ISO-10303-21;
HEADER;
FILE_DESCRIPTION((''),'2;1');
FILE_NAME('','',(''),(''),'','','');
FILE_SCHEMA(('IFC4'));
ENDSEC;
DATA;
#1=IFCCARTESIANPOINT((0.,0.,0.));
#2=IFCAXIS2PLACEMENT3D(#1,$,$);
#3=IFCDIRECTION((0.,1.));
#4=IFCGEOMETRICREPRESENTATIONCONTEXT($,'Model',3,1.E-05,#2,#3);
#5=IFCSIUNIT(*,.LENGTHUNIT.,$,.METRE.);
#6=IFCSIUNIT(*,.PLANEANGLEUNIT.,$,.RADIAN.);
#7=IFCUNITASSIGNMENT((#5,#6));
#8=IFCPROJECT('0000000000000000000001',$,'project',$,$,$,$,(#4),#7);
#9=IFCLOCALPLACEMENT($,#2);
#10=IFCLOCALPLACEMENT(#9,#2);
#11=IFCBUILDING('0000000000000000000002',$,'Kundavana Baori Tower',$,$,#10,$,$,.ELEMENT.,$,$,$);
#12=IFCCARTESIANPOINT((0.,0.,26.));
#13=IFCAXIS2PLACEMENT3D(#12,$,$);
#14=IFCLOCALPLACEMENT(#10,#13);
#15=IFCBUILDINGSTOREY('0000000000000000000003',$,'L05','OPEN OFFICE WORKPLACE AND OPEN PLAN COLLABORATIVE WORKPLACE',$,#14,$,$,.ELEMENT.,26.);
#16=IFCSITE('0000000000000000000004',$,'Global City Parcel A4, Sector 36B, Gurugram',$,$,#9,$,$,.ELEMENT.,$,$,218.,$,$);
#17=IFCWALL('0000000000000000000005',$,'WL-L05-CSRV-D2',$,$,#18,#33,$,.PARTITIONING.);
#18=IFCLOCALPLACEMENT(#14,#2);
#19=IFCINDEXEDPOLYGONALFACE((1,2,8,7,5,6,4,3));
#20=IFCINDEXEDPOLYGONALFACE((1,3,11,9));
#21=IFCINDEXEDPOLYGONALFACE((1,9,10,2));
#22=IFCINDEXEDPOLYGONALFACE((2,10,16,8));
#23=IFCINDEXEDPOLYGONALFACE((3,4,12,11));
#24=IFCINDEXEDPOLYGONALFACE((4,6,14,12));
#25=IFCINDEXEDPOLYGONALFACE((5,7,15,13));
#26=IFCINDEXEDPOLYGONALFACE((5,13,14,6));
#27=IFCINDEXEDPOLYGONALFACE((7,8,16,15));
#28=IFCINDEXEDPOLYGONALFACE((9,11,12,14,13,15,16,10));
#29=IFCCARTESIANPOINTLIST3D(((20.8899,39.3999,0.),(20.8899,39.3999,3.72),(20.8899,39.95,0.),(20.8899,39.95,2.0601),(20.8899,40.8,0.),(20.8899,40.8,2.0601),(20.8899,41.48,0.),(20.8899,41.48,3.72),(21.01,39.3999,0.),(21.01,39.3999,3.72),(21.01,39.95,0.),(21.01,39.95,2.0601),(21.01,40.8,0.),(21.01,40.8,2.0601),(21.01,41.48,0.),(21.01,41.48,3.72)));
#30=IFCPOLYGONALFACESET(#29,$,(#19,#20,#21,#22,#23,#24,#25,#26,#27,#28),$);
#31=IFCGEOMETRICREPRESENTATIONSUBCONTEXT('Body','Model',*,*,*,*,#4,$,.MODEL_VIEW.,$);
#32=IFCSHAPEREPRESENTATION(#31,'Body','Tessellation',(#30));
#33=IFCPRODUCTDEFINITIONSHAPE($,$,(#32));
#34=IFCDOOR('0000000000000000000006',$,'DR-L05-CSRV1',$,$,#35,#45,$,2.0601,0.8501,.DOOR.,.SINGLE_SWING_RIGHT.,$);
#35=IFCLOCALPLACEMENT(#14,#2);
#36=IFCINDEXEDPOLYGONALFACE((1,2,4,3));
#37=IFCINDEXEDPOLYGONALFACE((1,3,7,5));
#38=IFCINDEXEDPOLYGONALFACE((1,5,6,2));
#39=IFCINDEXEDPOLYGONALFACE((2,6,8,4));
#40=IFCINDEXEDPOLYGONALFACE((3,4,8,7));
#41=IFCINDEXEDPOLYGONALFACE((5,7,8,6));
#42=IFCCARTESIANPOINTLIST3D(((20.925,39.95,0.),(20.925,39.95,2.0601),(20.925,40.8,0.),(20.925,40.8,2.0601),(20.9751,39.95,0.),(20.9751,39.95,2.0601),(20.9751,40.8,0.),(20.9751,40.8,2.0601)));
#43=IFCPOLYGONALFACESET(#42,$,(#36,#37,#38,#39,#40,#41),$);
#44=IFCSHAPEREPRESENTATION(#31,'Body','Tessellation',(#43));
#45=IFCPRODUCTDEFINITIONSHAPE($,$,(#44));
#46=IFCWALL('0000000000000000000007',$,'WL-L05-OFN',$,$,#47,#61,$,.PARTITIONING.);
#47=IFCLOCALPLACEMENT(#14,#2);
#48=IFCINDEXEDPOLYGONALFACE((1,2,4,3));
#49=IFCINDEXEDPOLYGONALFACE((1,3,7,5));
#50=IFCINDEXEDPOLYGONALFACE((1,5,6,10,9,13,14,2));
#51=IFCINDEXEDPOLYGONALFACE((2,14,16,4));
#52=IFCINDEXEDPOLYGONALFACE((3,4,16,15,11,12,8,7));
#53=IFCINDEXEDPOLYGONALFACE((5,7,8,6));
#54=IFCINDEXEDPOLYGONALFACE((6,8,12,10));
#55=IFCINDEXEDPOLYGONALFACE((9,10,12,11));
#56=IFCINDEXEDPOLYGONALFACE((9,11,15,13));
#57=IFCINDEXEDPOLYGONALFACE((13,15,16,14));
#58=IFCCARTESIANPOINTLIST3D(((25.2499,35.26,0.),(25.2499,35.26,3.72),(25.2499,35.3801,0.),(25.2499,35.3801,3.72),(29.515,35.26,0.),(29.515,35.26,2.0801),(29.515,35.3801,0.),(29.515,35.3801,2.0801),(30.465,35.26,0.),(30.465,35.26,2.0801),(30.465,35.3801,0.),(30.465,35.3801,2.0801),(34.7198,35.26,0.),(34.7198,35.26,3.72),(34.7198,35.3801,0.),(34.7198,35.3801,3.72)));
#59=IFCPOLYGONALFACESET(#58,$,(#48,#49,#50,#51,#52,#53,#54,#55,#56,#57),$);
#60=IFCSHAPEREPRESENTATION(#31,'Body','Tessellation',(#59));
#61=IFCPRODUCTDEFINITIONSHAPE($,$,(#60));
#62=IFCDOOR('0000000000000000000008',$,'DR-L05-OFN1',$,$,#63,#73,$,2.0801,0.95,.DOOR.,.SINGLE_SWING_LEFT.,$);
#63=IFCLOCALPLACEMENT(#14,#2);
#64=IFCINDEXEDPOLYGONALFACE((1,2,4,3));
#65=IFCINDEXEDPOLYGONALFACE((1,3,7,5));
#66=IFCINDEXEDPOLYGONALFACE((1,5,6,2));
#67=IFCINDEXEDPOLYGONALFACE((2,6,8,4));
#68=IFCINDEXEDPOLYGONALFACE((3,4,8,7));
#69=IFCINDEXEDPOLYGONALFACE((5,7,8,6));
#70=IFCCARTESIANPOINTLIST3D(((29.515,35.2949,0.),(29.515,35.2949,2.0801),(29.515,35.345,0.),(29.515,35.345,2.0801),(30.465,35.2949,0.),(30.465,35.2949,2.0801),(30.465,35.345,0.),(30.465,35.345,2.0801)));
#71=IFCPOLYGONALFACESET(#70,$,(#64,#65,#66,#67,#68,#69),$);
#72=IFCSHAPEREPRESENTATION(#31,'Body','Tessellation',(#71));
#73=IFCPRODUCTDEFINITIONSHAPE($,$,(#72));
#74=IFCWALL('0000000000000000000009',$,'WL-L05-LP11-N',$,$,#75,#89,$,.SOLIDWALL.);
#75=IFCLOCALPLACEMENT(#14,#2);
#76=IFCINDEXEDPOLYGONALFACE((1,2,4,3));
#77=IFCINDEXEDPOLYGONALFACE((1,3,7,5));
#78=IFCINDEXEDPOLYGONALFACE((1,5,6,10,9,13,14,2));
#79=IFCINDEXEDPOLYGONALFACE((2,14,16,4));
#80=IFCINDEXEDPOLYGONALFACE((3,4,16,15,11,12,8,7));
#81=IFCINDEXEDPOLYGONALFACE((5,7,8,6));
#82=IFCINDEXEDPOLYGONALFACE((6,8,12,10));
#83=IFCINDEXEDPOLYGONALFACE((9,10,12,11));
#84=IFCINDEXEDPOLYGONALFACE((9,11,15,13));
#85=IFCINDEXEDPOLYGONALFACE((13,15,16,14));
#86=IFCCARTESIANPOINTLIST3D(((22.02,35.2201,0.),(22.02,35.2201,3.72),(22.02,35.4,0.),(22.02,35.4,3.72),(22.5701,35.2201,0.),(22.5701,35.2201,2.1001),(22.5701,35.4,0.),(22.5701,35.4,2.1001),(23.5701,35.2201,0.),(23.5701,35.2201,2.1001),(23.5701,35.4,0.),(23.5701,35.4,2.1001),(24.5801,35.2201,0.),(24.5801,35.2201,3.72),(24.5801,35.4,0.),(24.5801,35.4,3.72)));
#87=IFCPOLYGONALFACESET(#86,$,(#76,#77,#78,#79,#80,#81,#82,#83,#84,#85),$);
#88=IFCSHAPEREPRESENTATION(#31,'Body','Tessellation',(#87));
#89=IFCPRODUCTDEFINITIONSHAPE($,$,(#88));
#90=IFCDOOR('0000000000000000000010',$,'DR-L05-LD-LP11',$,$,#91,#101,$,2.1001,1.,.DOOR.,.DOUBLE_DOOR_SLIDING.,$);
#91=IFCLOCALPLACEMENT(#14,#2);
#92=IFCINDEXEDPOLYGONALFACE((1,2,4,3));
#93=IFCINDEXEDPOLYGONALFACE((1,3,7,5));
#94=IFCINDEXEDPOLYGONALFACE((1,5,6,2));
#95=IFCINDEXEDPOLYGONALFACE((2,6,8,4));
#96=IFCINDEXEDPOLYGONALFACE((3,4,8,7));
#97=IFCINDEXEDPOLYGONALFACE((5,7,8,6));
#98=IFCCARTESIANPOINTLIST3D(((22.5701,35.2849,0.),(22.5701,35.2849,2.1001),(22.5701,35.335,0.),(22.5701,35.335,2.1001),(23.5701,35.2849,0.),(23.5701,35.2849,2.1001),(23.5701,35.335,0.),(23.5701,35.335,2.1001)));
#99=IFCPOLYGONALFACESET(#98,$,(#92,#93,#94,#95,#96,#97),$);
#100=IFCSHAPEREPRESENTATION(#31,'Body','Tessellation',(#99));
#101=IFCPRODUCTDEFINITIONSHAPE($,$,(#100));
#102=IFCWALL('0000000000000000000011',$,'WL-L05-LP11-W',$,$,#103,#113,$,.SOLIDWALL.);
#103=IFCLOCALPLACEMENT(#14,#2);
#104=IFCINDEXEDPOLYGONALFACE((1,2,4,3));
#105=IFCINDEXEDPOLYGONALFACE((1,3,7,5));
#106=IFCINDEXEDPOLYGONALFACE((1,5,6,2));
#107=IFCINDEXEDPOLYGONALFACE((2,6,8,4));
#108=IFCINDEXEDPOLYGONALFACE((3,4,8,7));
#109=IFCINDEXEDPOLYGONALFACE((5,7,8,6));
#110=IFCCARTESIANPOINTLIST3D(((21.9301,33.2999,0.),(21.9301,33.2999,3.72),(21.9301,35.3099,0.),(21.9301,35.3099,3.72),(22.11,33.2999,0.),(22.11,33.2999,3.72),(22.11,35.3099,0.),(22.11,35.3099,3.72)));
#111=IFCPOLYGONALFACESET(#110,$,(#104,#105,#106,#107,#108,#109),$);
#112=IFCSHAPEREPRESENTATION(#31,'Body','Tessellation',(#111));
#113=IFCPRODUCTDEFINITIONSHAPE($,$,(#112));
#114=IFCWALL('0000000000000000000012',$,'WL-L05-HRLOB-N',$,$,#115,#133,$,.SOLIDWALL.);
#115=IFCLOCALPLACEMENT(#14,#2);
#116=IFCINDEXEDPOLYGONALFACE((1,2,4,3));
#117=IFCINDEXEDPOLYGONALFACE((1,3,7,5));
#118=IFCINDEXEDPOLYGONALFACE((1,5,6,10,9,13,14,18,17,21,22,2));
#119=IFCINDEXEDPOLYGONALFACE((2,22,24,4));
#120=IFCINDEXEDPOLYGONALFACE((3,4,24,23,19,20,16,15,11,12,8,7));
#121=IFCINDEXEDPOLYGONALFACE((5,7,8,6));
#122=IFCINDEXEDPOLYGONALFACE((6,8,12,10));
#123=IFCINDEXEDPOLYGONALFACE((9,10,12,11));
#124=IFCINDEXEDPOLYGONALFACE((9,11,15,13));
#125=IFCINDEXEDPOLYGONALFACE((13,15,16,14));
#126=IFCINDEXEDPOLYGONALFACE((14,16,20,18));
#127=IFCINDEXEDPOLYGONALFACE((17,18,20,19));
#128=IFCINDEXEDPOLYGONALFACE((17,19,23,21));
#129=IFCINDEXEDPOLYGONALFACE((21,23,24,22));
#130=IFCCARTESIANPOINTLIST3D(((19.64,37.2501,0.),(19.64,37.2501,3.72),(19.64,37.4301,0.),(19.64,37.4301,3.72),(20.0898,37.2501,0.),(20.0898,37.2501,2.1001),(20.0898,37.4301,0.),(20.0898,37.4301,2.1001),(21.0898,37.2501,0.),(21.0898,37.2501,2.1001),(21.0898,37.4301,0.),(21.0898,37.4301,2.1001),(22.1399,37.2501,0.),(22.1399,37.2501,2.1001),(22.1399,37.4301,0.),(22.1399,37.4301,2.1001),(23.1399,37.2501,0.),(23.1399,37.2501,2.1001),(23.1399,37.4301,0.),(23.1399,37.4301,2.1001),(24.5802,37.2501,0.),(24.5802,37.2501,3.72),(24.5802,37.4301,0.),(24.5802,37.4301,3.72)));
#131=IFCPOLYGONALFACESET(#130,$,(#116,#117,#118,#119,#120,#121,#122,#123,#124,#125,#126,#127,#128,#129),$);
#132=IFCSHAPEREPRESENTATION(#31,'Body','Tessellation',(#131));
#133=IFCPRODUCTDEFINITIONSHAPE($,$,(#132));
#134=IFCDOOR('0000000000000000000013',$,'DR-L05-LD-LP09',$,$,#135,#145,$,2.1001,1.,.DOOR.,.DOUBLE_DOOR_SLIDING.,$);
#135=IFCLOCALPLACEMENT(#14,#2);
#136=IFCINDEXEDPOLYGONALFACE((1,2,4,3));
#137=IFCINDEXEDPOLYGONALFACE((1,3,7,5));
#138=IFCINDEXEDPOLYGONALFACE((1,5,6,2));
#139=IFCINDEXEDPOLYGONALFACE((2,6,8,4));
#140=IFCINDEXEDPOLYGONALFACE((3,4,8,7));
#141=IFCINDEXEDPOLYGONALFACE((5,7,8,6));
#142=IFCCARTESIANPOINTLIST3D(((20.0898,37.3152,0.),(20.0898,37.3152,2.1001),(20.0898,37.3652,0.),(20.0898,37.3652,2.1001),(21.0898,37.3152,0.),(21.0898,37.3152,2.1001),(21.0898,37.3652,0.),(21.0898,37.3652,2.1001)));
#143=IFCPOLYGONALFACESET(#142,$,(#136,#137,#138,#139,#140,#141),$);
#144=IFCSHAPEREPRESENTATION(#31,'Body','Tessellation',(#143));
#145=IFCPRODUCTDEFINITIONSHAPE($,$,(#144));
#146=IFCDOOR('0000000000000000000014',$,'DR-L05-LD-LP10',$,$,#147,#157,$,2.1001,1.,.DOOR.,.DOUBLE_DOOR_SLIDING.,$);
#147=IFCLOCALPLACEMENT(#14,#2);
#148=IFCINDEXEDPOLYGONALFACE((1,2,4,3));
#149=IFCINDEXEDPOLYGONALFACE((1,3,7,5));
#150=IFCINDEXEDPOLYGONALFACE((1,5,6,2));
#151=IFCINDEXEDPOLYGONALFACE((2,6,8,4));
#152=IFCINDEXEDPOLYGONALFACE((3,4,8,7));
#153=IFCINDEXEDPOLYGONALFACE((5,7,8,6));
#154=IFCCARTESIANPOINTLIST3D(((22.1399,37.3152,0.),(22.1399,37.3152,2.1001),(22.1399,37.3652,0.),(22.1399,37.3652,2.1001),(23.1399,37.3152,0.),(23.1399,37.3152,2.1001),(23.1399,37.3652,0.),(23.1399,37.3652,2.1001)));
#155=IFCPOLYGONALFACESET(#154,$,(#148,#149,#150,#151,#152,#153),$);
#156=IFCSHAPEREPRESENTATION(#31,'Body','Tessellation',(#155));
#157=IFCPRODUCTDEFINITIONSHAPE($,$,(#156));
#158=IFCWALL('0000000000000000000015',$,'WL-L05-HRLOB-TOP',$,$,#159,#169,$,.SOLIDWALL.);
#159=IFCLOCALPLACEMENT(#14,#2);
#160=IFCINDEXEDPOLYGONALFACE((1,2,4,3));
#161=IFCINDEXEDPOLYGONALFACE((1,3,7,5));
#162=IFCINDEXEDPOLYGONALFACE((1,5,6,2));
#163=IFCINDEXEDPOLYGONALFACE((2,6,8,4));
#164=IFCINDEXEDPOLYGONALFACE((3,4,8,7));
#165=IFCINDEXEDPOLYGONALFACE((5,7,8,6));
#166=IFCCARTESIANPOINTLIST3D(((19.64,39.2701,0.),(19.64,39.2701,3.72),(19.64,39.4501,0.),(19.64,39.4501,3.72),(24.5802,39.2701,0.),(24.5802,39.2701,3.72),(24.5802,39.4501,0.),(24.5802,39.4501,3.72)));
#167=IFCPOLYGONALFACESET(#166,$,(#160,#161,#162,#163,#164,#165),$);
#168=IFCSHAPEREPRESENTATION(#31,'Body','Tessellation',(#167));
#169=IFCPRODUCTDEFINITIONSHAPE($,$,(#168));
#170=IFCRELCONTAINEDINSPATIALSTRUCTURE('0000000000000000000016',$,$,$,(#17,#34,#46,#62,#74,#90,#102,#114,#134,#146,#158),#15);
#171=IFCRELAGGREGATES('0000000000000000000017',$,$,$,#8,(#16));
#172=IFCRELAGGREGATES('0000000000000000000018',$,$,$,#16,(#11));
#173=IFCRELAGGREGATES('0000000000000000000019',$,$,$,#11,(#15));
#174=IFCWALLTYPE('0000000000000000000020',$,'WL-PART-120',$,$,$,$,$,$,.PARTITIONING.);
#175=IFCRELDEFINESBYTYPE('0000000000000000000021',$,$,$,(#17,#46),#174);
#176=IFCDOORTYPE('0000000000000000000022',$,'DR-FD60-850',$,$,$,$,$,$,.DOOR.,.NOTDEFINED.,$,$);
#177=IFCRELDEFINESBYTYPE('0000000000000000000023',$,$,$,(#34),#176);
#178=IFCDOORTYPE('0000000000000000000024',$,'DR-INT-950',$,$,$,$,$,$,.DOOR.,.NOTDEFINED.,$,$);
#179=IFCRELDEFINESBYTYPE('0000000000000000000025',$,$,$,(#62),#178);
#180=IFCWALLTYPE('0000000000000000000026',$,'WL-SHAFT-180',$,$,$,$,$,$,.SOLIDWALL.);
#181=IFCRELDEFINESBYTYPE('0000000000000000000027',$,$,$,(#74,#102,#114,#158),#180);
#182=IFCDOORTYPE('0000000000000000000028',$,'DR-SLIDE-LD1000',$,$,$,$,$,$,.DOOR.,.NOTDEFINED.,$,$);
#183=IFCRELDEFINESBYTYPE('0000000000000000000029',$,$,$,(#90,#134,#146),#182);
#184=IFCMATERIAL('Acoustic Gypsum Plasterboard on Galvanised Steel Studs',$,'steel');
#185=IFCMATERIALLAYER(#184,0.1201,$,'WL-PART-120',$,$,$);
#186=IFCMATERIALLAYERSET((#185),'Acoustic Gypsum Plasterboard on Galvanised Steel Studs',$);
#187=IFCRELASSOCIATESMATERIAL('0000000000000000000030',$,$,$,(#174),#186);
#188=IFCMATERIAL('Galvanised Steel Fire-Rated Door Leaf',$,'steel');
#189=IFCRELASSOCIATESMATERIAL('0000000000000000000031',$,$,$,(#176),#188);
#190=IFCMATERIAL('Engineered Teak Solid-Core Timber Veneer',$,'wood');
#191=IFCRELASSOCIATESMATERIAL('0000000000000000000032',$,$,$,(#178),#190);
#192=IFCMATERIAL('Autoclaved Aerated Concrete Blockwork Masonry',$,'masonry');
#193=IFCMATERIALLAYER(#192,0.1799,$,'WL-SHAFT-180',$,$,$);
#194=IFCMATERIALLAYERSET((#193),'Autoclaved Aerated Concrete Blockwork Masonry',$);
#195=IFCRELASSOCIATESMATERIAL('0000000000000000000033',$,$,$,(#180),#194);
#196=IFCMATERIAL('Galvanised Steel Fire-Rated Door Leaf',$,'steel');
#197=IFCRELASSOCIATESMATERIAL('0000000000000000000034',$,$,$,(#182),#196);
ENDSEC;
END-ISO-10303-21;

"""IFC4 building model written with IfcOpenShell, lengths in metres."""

from ifc_helpers import new_model, si_unit, direction, frame, frame_2d, origin, place, context, subcontext, project, spatial, rectangle, extrude, material, layer, layer_set, type_object, element, fill, save


model = new_model("IFC4")

# Units and contexts
model_context = context("Model", 3, precision=1e-05, world=origin(), true_north=direction((0.0, 1.0)))
body_context = subcontext(model_context, "Body", "Model", "MODEL_VIEW")
ifc_project = project(units=[si_unit("LENGTHUNIT", "METRE"), si_unit("PLANEANGLEUNIT", "RADIAN")], contexts=[model_context])

# Site, building, storey
site_placement = place(None, origin())
site = spatial("IfcSite", under=ifc_project, at=site_placement, Name="Global City Parcel A4, Sector 36B, Gurugram", CompositionType="ELEMENT", RefElevation=218.0)
building_placement = place(site_placement, origin())
building = spatial("IfcBuilding", under=site, at=building_placement, Name="Kundavana Baori Tower", CompositionType="ELEMENT")
storey_placement = place(building_placement, frame((0.0, 0.0, 26.0)))
storey = spatial("IfcBuildingStorey", under=building, at=storey_placement, Name="L05", Description="OPEN OFFICE WORKPLACE AND OPEN PLAN COLLABORATIVE WORKPLACE", CompositionType="ELEMENT", Elevation=26.0)

# Shared definitions
ifc_material_1 = material(Name="Acoustic Gypsum Plasterboard on Galvanised Steel Studs", Category="steel")
ifc_layer_1 = layer(ifc_material_1, 0.1201, Name="WL-PART-120")
ifc_layer_set_1 = layer_set([ifc_layer_1], Name="Acoustic Gypsum Plasterboard on Galvanised Steel Studs")
wall_type_1 = type_object("IfcWallType", Name="WL-PART-120", PredefinedType="PARTITIONING", material=ifc_layer_set_1)

# Walls, openings, doors
wall_1_placement = place(storey_placement, frame((20.95, 39.3999, 0.0), z_axis=(0.0, 0.0, 1.0), x_axis=(0.0, 1.0, 0.0)))
wall_1 = element("IfcWall", 1, at=wall_1_placement, inside=storey, type_object=wall_type_1, Name="WL-L05-CSRV-D2", PredefinedType="PARTITIONING", context=body_context, shape_type="SweptSolid", body=[
    extrude(rectangle(XDim=2.0801, YDim=0.1201, at=frame_2d((1.04, 0.0))), origin(), (0.0, 0.0, 1.0), 3.72),
])
opening_1_placement = place(wall_1_placement, frame((0.55, 0.0, 0.0)))
opening_1 = element("IfcOpeningElement", 2, at=opening_1_placement, cuts=wall_1, PredefinedType="OPENING", context=body_context, shape_type="SweptSolid", body=[
    extrude(rectangle(XDim=0.8501, YDim=2.0601, at=frame_2d((0.425, 1.03))), frame((0.0, 0.0701, 0.0), z_axis=(0.0, -1.0, 0.0), x_axis=(1.0, 0.0, 0.0)), (0.0, 0.0, 1.0), 0.1401),
])
ifc_material_2 = material(Name="Galvanised Steel Fire-Rated Door Leaf", Category="steel")
door_type_1 = type_object("IfcDoorType", Name="DR-FD60-850", OperationType="NOTDEFINED", PredefinedType="DOOR", material=ifc_material_2)
door_1_placement = place(opening_1_placement, origin())
door_1 = element("IfcDoor", 3, at=door_1_placement, inside=storey, type_object=door_type_1, Name="DR-L05-CSRV1", OperationType="SINGLE_SWING_RIGHT", OverallHeight=2.0601, OverallWidth=0.8501, PredefinedType="DOOR", context=body_context, shape_type="SweptSolid", body=[
    extrude(rectangle(XDim=0.8501, YDim=2.0601, at=frame_2d((0.425, 1.03))), frame((0.0, 0.0249, 0.0), z_axis=(0.0, -1.0, 0.0), x_axis=(1.0, 0.0, 0.0)), (0.0, 0.0, 1.0), 0.05),
])
fill(opening_1, door_1)
wall_2_placement = place(storey_placement, frame((25.25, 35.3201, 0.0), z_axis=(0.0, 0.0, 1.0), x_axis=(1.0, 0.0, 0.0)))
wall_2 = element("IfcWall", 4, at=wall_2_placement, inside=storey, type_object=wall_type_1, Name="WL-L05-OFN", PredefinedType="PARTITIONING", context=body_context, shape_type="SweptSolid", body=[
    extrude(rectangle(XDim=9.47, YDim=0.1201, at=frame_2d((4.7349, 0.0))), origin(), (0.0, 0.0, 1.0), 3.72),
])
opening_2_placement = place(wall_2_placement, frame((4.2649, 0.0, 0.0)))
opening_2 = element("IfcOpeningElement", 5, at=opening_2_placement, cuts=wall_2, PredefinedType="OPENING", context=body_context, shape_type="SweptSolid", body=[
    extrude(rectangle(XDim=0.95, YDim=2.0801, at=frame_2d((0.4751, 1.04))), frame((0.0, 0.0701, 0.0), z_axis=(0.0, -1.0, 0.0), x_axis=(1.0, 0.0, 0.0)), (0.0, 0.0, 1.0), 0.1401),
])
ifc_material_3 = material(Name="Engineered Teak Solid-Core Timber Veneer", Category="wood")
door_type_2 = type_object("IfcDoorType", Name="DR-INT-950", OperationType="NOTDEFINED", PredefinedType="DOOR", material=ifc_material_3)
door_2_placement = place(opening_2_placement, origin())
door_2 = element("IfcDoor", 6, at=door_2_placement, inside=storey, type_object=door_type_2, Name="DR-L05-OFN1", OperationType="SINGLE_SWING_LEFT", OverallHeight=2.0801, OverallWidth=0.95, PredefinedType="DOOR", context=body_context, shape_type="SweptSolid", body=[
    extrude(rectangle(XDim=0.95, YDim=2.0801, at=frame_2d((0.4751, 1.04))), frame((0.0, 0.0249, 0.0), z_axis=(0.0, -1.0, 0.0), x_axis=(1.0, 0.0, 0.0)), (0.0, 0.0, 1.0), 0.05),
])
fill(opening_2, door_2)
ifc_material_4 = material(Name="Autoclaved Aerated Concrete Blockwork Masonry", Category="masonry")
ifc_layer_2 = layer(ifc_material_4, 0.1799, Name="WL-SHAFT-180")
ifc_layer_set_2 = layer_set([ifc_layer_2], Name="Autoclaved Aerated Concrete Blockwork Masonry")
wall_type_2 = type_object("IfcWallType", Name="WL-SHAFT-180", PredefinedType="SOLIDWALL", material=ifc_layer_set_2)
wall_3_placement = place(storey_placement, frame((22.02, 35.3101, 0.0), z_axis=(0.0, 0.0, 1.0), x_axis=(1.0, 0.0, 0.0)))
wall_3 = element("IfcWall", 7, at=wall_3_placement, inside=storey, type_object=wall_type_2, Name="WL-L05-LP11-N", PredefinedType="SOLIDWALL", context=body_context, shape_type="SweptSolid", body=[
    extrude(rectangle(XDim=2.5601, YDim=0.1799, at=frame_2d((1.28, 0.0))), origin(), (0.0, 0.0, 1.0), 3.72),
])
opening_3_placement = place(wall_3_placement, frame((0.55, 0.0, 0.0)))
opening_3 = element("IfcOpeningElement", 8, at=opening_3_placement, cuts=wall_3, PredefinedType="OPENING", context=body_context, shape_type="SweptSolid", body=[
    extrude(rectangle(XDim=1.0, YDim=2.1001, at=frame_2d((0.5, 1.05))), frame((0.0, 0.1001, 0.0), z_axis=(0.0, -1.0, 0.0), x_axis=(1.0, 0.0, 0.0)), (0.0, 0.0, 1.0), 0.2),
])
ifc_material_5 = material(Name="Galvanised Steel Fire-Rated Door Leaf", Category="steel")
door_type_3 = type_object("IfcDoorType", Name="DR-SLIDE-LD1000", OperationType="NOTDEFINED", PredefinedType="DOOR", material=ifc_material_5)
door_3_placement = place(opening_3_placement, origin())
door_3 = element("IfcDoor", 9, at=door_3_placement, inside=storey, type_object=door_type_3, Name="DR-L05-LD-LP11", OperationType="DOUBLE_DOOR_SLIDING", OverallHeight=2.1001, OverallWidth=1.0, PredefinedType="DOOR", context=body_context, shape_type="SweptSolid", body=[
    extrude(rectangle(XDim=1.0, YDim=2.1001, at=frame_2d((0.5, 1.05))), frame((0.0, 0.0249, 0.0), z_axis=(0.0, -1.0, 0.0), x_axis=(1.0, 0.0, 0.0)), (0.0, 0.0, 1.0), 0.05),
])
fill(opening_3, door_3)

# Wall
wall_4_placement = place(storey_placement, frame((22.02, 33.3, 0.0), z_axis=(0.0, 0.0, 1.0), x_axis=(0.0, 1.0, 0.0)))
element("IfcWall", 10, at=wall_4_placement, inside=storey, type_object=wall_type_2, Name="WL-L05-LP11-W", PredefinedType="SOLIDWALL", context=body_context, shape_type="SweptSolid", body=[
    extrude(rectangle(XDim=2.01, YDim=0.1799, at=frame_2d((1.0049, 0.0))), origin(), (0.0, 0.0, 1.0), 3.72),
])

# Wall, openings, doors
wall_5_placement = place(storey_placement, frame((19.6399, 37.3401, 0.0), z_axis=(0.0, 0.0, 1.0), x_axis=(1.0, 0.0, 0.0)))
wall_5 = element("IfcWall", 11, at=wall_5_placement, inside=storey, type_object=wall_type_2, Name="WL-L05-HRLOB-N", PredefinedType="SOLIDWALL", context=body_context, shape_type="SweptSolid", body=[
    extrude(rectangle(XDim=4.9402, YDim=0.1799, at=frame_2d((2.4702, 0.0))), origin(), (0.0, 0.0, 1.0), 3.72),
])
opening_4_placement = place(wall_5_placement, frame((0.45, 0.0, 0.0)))
opening_4 = element("IfcOpeningElement", 12, at=opening_4_placement, cuts=wall_5, PredefinedType="OPENING", context=body_context, shape_type="SweptSolid", body=[
    extrude(rectangle(XDim=1.0, YDim=2.1001, at=frame_2d((0.5, 1.05))), frame((0.0, 0.1001, 0.0), z_axis=(0.0, -1.0, 0.0), x_axis=(1.0, 0.0, 0.0)), (0.0, 0.0, 1.0), 0.2),
])
opening_5_placement = place(wall_5_placement, frame((2.5, 0.0, 0.0)))
opening_5 = element("IfcOpeningElement", 13, at=opening_5_placement, cuts=wall_5, PredefinedType="OPENING", context=body_context, shape_type="SweptSolid", body=[
    extrude(rectangle(XDim=1.0, YDim=2.1001, at=frame_2d((0.5, 1.05))), frame((0.0, 0.1001, 0.0), z_axis=(0.0, -1.0, 0.0), x_axis=(1.0, 0.0, 0.0)), (0.0, 0.0, 1.0), 0.2),
])
door_4_placement = place(opening_4_placement, frame((1.0, 0.0, 0.0), z_axis=(0.0, 0.0, 1.0), x_axis=(-1.0, 0.0, 0.0)))
door_4 = element("IfcDoor", 14, at=door_4_placement, inside=storey, type_object=door_type_3, Name="DR-L05-LD-LP09", OperationType="DOUBLE_DOOR_SLIDING", OverallHeight=2.1001, OverallWidth=1.0, PredefinedType="DOOR", context=body_context, shape_type="SweptSolid", body=[
    extrude(rectangle(XDim=1.0, YDim=2.1001, at=frame_2d((0.5, 1.05))), frame((0.0, 0.0249, 0.0), z_axis=(0.0, -1.0, 0.0), x_axis=(1.0, 0.0, 0.0)), (0.0, 0.0, 1.0), 0.05),
])
fill(opening_4, door_4)
door_5_placement = place(opening_5_placement, frame((1.0, 0.0, 0.0), z_axis=(0.0, 0.0, 1.0), x_axis=(-1.0, 0.0, 0.0)))
door_5 = element("IfcDoor", 15, at=door_5_placement, inside=storey, type_object=door_type_3, Name="DR-L05-LD-LP10", OperationType="DOUBLE_DOOR_SLIDING", OverallHeight=2.1001, OverallWidth=1.0, PredefinedType="DOOR", context=body_context, shape_type="SweptSolid", body=[
    extrude(rectangle(XDim=1.0, YDim=2.1001, at=frame_2d((0.5, 1.05))), frame((0.0, 0.0249, 0.0), z_axis=(0.0, -1.0, 0.0), x_axis=(1.0, 0.0, 0.0)), (0.0, 0.0, 1.0), 0.05),
])
fill(opening_5, door_5)

# Wall
wall_6_placement = place(storey_placement, frame((19.6399, 39.3601, 0.0), z_axis=(0.0, 0.0, 1.0), x_axis=(1.0, 0.0, 0.0)))
element("IfcWall", 16, at=wall_6_placement, inside=storey, type_object=wall_type_2, Name="WL-L05-HRLOB-TOP", PredefinedType="SOLIDWALL", context=body_context, shape_type="SweptSolid", body=[
    extrude(rectangle(XDim=4.9402, YDim=0.1799, at=frame_2d((2.4702, 0.0))), origin(), (0.0, 0.0, 1.0), 3.72),
])

save(model, "model.ifc")
